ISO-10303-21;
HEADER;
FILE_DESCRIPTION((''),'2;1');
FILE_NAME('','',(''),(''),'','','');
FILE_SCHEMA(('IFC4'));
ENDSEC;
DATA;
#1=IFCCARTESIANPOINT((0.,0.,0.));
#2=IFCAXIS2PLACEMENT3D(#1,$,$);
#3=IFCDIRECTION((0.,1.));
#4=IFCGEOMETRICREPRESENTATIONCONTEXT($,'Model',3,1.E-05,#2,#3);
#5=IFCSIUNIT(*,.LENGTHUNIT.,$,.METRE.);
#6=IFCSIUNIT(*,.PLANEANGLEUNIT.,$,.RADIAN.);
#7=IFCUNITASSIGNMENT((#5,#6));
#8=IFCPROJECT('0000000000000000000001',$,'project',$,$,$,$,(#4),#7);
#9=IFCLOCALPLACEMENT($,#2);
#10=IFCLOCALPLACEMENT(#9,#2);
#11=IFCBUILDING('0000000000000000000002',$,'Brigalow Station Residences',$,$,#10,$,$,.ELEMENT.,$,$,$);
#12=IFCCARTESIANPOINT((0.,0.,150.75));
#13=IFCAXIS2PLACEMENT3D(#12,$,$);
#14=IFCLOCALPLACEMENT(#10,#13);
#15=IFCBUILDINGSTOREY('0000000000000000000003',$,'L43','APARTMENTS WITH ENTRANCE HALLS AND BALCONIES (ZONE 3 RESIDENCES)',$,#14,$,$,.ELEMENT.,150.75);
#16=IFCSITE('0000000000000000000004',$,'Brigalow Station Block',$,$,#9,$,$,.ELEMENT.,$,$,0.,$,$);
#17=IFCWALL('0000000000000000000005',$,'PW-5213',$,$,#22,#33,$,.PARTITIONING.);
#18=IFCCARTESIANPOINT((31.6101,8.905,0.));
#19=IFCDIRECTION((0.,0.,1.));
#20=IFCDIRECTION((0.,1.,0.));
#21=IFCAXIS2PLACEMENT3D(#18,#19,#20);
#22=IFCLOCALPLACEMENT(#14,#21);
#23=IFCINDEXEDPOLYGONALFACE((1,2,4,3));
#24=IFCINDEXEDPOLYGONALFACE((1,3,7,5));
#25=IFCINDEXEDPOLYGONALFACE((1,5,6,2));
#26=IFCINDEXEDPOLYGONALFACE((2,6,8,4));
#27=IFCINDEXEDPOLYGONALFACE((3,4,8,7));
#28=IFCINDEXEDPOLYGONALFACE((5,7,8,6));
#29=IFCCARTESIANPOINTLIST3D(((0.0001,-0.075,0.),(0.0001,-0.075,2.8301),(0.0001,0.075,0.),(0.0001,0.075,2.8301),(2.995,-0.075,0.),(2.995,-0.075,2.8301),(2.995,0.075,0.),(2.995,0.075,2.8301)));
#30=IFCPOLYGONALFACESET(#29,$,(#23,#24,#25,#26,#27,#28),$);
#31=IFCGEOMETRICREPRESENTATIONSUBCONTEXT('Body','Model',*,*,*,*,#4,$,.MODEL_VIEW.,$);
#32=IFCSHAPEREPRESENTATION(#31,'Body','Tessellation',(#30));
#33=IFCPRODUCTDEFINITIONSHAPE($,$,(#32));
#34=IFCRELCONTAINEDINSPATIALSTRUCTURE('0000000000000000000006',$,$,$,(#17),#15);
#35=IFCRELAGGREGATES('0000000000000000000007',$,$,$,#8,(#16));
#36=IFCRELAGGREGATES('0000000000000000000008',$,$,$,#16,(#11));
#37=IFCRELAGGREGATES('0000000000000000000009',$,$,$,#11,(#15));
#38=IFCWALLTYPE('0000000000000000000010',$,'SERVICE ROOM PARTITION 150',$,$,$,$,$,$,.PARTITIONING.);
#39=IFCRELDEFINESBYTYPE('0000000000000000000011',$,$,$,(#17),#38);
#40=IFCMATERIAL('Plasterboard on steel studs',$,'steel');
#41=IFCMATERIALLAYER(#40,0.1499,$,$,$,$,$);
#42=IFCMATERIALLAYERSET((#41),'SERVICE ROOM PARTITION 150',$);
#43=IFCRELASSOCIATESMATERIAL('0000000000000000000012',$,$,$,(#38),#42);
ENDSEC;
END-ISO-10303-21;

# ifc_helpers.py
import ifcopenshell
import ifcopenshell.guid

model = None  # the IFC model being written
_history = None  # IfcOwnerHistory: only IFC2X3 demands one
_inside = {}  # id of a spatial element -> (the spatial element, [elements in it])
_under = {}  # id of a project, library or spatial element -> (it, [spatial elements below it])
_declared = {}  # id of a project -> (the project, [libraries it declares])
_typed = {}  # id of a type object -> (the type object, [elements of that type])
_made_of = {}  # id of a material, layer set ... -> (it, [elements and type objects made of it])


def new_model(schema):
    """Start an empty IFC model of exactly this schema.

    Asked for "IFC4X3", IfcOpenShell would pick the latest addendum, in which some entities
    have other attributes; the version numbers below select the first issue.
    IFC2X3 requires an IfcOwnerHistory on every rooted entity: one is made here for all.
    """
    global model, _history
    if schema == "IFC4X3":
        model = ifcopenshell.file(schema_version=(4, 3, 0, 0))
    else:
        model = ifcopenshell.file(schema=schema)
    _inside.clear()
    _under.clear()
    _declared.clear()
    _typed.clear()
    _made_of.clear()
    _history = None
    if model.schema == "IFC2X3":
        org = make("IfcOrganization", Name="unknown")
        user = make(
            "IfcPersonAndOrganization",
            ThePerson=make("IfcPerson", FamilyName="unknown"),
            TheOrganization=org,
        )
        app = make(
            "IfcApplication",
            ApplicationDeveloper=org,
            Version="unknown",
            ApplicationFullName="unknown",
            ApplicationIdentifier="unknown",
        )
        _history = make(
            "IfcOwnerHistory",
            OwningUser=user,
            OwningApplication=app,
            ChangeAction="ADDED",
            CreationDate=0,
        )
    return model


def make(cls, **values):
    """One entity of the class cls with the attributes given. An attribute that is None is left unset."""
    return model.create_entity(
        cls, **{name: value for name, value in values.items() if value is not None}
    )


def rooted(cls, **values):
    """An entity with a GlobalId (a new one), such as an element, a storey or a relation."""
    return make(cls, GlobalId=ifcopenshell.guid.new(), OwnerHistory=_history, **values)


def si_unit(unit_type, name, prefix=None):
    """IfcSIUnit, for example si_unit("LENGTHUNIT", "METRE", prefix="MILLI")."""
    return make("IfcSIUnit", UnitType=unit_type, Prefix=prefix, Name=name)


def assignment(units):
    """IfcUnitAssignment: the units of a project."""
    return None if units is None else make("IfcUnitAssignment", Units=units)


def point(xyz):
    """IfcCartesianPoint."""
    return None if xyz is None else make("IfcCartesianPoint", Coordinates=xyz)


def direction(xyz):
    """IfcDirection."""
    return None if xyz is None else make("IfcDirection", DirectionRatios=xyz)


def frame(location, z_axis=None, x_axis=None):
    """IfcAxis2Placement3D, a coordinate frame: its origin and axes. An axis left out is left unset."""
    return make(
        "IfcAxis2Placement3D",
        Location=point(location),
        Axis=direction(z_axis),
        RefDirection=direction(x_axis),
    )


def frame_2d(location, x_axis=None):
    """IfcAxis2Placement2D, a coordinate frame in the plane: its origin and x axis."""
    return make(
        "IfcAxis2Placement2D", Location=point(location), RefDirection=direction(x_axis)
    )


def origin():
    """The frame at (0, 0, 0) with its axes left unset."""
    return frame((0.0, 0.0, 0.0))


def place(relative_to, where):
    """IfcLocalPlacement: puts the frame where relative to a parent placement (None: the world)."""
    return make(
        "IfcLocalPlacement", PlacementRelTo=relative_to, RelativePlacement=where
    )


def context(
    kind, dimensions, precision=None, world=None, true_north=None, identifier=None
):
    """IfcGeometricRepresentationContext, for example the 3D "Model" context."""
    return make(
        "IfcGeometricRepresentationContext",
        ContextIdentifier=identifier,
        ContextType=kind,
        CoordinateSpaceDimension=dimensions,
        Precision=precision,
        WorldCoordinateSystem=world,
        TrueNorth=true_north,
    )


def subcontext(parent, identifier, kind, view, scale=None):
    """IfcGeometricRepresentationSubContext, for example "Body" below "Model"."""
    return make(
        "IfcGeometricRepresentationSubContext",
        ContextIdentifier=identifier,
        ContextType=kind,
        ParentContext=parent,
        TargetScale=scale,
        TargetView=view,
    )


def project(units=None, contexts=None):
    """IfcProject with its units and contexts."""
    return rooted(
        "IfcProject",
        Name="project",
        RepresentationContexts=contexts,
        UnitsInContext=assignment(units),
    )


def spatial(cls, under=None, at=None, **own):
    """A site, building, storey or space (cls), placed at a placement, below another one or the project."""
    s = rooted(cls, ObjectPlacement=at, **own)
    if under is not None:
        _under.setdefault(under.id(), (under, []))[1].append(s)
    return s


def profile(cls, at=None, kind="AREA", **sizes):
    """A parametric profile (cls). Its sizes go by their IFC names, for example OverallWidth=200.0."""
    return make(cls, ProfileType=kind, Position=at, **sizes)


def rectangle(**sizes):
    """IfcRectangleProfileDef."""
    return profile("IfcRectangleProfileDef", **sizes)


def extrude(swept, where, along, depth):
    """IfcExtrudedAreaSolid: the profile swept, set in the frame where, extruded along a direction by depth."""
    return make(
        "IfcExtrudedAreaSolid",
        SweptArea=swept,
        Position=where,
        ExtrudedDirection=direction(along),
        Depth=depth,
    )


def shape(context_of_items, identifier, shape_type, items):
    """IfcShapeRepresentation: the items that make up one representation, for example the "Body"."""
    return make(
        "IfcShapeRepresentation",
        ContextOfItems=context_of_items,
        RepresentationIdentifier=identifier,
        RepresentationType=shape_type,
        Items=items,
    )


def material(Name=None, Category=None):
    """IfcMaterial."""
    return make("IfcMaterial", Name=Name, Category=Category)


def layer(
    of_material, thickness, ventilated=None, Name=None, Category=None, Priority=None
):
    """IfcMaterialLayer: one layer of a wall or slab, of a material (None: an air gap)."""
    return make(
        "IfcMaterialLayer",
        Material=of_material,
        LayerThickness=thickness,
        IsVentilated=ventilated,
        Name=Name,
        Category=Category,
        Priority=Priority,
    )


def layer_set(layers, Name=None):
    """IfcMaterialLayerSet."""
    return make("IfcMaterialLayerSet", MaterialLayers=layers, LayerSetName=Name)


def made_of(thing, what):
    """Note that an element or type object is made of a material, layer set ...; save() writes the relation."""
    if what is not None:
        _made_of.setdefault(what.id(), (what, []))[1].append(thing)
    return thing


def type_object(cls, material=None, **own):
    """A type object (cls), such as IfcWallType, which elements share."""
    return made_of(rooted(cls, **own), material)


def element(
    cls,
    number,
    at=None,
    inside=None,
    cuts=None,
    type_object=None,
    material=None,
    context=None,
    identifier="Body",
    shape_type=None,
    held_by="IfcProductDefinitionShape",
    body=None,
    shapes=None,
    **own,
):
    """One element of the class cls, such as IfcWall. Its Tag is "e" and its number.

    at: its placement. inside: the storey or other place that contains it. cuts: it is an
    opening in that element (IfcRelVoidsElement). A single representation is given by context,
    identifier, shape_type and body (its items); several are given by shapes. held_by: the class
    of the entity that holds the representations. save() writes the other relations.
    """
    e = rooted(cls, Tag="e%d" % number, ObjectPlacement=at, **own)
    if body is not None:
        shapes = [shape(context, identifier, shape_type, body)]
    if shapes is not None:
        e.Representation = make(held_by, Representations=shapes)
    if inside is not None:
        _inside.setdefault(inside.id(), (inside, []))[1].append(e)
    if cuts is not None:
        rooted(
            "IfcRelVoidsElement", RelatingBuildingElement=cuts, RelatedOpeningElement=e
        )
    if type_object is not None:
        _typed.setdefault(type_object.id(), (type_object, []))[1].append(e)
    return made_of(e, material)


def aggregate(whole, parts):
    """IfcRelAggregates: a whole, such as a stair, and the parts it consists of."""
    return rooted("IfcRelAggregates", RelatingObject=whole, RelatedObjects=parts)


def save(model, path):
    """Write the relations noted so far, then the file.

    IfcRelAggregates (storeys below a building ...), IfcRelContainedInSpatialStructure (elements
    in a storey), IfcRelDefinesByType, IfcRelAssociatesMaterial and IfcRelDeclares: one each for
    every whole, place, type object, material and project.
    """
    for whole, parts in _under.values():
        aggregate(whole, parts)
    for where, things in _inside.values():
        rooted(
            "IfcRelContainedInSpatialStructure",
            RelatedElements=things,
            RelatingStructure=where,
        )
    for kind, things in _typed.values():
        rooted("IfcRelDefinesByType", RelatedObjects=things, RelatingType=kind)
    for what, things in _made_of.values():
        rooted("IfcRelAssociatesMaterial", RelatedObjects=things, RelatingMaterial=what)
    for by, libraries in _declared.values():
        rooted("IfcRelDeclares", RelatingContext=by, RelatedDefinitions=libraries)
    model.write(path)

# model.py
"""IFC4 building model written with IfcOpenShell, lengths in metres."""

from ifc_helpers import new_model, si_unit, direction, frame, frame_2d, origin, place, context, subcontext, project, spatial, rectangle, extrude, material, layer, layer_set, type_object, element, save


model = new_model("IFC4")

# Units and contexts
model_context = context("Model", 3, precision=1e-05, world=origin(), true_north=direction((0.0, 1.0)))
body_context = subcontext(model_context, "Body", "Model", "MODEL_VIEW")
ifc_project = project(units=[si_unit("LENGTHUNIT", "METRE"), si_unit("PLANEANGLEUNIT", "RADIAN")], contexts=[model_context])

# Site, building, storey
site_placement = place(None, origin())
site = spatial("IfcSite", under=ifc_project, at=site_placement, Name="Brigalow Station Block", CompositionType="ELEMENT", RefElevation=0.0)
building_placement = place(site_placement, origin())
building = spatial("IfcBuilding", under=site, at=building_placement, Name="Brigalow Station Residences", CompositionType="ELEMENT")
storey_placement = place(building_placement, frame((0.0, 0.0, 150.75)))
storey = spatial("IfcBuildingStorey", under=building, at=storey_placement, Name="L43", Description="APARTMENTS WITH ENTRANCE HALLS AND BALCONIES (ZONE 3 RESIDENCES)", CompositionType="ELEMENT", Elevation=150.75)

# Shared definitions
ifc_material_1 = material(Name="Plasterboard on steel studs", Category="steel")
ifc_layer_1 = layer(ifc_material_1, 0.1499)
ifc_layer_set_1 = layer_set([ifc_layer_1], Name="SERVICE ROOM PARTITION 150")
wall_type_1 = type_object("IfcWallType", Name="SERVICE ROOM PARTITION 150", PredefinedType="PARTITIONING", material=ifc_layer_set_1)

# Wall
wall_1_placement = place(storey_placement, frame((31.6101, 8.905, 0.0), z_axis=(0.0, 0.0, 1.0), x_axis=(0.0, 1.0, 0.0)))
element("IfcWall", 1, at=wall_1_placement, inside=storey, type_object=wall_type_1, Name="PW-5213", PredefinedType="PARTITIONING", context=body_context, shape_type="SweptSolid", body=[
    extrude(rectangle(XDim=2.9949, YDim=0.1499, at=frame_2d((1.4976, 0.0))), origin(), (0.0, 0.0, 1.0), 2.8301),
])

save(model, "model.ifc")
